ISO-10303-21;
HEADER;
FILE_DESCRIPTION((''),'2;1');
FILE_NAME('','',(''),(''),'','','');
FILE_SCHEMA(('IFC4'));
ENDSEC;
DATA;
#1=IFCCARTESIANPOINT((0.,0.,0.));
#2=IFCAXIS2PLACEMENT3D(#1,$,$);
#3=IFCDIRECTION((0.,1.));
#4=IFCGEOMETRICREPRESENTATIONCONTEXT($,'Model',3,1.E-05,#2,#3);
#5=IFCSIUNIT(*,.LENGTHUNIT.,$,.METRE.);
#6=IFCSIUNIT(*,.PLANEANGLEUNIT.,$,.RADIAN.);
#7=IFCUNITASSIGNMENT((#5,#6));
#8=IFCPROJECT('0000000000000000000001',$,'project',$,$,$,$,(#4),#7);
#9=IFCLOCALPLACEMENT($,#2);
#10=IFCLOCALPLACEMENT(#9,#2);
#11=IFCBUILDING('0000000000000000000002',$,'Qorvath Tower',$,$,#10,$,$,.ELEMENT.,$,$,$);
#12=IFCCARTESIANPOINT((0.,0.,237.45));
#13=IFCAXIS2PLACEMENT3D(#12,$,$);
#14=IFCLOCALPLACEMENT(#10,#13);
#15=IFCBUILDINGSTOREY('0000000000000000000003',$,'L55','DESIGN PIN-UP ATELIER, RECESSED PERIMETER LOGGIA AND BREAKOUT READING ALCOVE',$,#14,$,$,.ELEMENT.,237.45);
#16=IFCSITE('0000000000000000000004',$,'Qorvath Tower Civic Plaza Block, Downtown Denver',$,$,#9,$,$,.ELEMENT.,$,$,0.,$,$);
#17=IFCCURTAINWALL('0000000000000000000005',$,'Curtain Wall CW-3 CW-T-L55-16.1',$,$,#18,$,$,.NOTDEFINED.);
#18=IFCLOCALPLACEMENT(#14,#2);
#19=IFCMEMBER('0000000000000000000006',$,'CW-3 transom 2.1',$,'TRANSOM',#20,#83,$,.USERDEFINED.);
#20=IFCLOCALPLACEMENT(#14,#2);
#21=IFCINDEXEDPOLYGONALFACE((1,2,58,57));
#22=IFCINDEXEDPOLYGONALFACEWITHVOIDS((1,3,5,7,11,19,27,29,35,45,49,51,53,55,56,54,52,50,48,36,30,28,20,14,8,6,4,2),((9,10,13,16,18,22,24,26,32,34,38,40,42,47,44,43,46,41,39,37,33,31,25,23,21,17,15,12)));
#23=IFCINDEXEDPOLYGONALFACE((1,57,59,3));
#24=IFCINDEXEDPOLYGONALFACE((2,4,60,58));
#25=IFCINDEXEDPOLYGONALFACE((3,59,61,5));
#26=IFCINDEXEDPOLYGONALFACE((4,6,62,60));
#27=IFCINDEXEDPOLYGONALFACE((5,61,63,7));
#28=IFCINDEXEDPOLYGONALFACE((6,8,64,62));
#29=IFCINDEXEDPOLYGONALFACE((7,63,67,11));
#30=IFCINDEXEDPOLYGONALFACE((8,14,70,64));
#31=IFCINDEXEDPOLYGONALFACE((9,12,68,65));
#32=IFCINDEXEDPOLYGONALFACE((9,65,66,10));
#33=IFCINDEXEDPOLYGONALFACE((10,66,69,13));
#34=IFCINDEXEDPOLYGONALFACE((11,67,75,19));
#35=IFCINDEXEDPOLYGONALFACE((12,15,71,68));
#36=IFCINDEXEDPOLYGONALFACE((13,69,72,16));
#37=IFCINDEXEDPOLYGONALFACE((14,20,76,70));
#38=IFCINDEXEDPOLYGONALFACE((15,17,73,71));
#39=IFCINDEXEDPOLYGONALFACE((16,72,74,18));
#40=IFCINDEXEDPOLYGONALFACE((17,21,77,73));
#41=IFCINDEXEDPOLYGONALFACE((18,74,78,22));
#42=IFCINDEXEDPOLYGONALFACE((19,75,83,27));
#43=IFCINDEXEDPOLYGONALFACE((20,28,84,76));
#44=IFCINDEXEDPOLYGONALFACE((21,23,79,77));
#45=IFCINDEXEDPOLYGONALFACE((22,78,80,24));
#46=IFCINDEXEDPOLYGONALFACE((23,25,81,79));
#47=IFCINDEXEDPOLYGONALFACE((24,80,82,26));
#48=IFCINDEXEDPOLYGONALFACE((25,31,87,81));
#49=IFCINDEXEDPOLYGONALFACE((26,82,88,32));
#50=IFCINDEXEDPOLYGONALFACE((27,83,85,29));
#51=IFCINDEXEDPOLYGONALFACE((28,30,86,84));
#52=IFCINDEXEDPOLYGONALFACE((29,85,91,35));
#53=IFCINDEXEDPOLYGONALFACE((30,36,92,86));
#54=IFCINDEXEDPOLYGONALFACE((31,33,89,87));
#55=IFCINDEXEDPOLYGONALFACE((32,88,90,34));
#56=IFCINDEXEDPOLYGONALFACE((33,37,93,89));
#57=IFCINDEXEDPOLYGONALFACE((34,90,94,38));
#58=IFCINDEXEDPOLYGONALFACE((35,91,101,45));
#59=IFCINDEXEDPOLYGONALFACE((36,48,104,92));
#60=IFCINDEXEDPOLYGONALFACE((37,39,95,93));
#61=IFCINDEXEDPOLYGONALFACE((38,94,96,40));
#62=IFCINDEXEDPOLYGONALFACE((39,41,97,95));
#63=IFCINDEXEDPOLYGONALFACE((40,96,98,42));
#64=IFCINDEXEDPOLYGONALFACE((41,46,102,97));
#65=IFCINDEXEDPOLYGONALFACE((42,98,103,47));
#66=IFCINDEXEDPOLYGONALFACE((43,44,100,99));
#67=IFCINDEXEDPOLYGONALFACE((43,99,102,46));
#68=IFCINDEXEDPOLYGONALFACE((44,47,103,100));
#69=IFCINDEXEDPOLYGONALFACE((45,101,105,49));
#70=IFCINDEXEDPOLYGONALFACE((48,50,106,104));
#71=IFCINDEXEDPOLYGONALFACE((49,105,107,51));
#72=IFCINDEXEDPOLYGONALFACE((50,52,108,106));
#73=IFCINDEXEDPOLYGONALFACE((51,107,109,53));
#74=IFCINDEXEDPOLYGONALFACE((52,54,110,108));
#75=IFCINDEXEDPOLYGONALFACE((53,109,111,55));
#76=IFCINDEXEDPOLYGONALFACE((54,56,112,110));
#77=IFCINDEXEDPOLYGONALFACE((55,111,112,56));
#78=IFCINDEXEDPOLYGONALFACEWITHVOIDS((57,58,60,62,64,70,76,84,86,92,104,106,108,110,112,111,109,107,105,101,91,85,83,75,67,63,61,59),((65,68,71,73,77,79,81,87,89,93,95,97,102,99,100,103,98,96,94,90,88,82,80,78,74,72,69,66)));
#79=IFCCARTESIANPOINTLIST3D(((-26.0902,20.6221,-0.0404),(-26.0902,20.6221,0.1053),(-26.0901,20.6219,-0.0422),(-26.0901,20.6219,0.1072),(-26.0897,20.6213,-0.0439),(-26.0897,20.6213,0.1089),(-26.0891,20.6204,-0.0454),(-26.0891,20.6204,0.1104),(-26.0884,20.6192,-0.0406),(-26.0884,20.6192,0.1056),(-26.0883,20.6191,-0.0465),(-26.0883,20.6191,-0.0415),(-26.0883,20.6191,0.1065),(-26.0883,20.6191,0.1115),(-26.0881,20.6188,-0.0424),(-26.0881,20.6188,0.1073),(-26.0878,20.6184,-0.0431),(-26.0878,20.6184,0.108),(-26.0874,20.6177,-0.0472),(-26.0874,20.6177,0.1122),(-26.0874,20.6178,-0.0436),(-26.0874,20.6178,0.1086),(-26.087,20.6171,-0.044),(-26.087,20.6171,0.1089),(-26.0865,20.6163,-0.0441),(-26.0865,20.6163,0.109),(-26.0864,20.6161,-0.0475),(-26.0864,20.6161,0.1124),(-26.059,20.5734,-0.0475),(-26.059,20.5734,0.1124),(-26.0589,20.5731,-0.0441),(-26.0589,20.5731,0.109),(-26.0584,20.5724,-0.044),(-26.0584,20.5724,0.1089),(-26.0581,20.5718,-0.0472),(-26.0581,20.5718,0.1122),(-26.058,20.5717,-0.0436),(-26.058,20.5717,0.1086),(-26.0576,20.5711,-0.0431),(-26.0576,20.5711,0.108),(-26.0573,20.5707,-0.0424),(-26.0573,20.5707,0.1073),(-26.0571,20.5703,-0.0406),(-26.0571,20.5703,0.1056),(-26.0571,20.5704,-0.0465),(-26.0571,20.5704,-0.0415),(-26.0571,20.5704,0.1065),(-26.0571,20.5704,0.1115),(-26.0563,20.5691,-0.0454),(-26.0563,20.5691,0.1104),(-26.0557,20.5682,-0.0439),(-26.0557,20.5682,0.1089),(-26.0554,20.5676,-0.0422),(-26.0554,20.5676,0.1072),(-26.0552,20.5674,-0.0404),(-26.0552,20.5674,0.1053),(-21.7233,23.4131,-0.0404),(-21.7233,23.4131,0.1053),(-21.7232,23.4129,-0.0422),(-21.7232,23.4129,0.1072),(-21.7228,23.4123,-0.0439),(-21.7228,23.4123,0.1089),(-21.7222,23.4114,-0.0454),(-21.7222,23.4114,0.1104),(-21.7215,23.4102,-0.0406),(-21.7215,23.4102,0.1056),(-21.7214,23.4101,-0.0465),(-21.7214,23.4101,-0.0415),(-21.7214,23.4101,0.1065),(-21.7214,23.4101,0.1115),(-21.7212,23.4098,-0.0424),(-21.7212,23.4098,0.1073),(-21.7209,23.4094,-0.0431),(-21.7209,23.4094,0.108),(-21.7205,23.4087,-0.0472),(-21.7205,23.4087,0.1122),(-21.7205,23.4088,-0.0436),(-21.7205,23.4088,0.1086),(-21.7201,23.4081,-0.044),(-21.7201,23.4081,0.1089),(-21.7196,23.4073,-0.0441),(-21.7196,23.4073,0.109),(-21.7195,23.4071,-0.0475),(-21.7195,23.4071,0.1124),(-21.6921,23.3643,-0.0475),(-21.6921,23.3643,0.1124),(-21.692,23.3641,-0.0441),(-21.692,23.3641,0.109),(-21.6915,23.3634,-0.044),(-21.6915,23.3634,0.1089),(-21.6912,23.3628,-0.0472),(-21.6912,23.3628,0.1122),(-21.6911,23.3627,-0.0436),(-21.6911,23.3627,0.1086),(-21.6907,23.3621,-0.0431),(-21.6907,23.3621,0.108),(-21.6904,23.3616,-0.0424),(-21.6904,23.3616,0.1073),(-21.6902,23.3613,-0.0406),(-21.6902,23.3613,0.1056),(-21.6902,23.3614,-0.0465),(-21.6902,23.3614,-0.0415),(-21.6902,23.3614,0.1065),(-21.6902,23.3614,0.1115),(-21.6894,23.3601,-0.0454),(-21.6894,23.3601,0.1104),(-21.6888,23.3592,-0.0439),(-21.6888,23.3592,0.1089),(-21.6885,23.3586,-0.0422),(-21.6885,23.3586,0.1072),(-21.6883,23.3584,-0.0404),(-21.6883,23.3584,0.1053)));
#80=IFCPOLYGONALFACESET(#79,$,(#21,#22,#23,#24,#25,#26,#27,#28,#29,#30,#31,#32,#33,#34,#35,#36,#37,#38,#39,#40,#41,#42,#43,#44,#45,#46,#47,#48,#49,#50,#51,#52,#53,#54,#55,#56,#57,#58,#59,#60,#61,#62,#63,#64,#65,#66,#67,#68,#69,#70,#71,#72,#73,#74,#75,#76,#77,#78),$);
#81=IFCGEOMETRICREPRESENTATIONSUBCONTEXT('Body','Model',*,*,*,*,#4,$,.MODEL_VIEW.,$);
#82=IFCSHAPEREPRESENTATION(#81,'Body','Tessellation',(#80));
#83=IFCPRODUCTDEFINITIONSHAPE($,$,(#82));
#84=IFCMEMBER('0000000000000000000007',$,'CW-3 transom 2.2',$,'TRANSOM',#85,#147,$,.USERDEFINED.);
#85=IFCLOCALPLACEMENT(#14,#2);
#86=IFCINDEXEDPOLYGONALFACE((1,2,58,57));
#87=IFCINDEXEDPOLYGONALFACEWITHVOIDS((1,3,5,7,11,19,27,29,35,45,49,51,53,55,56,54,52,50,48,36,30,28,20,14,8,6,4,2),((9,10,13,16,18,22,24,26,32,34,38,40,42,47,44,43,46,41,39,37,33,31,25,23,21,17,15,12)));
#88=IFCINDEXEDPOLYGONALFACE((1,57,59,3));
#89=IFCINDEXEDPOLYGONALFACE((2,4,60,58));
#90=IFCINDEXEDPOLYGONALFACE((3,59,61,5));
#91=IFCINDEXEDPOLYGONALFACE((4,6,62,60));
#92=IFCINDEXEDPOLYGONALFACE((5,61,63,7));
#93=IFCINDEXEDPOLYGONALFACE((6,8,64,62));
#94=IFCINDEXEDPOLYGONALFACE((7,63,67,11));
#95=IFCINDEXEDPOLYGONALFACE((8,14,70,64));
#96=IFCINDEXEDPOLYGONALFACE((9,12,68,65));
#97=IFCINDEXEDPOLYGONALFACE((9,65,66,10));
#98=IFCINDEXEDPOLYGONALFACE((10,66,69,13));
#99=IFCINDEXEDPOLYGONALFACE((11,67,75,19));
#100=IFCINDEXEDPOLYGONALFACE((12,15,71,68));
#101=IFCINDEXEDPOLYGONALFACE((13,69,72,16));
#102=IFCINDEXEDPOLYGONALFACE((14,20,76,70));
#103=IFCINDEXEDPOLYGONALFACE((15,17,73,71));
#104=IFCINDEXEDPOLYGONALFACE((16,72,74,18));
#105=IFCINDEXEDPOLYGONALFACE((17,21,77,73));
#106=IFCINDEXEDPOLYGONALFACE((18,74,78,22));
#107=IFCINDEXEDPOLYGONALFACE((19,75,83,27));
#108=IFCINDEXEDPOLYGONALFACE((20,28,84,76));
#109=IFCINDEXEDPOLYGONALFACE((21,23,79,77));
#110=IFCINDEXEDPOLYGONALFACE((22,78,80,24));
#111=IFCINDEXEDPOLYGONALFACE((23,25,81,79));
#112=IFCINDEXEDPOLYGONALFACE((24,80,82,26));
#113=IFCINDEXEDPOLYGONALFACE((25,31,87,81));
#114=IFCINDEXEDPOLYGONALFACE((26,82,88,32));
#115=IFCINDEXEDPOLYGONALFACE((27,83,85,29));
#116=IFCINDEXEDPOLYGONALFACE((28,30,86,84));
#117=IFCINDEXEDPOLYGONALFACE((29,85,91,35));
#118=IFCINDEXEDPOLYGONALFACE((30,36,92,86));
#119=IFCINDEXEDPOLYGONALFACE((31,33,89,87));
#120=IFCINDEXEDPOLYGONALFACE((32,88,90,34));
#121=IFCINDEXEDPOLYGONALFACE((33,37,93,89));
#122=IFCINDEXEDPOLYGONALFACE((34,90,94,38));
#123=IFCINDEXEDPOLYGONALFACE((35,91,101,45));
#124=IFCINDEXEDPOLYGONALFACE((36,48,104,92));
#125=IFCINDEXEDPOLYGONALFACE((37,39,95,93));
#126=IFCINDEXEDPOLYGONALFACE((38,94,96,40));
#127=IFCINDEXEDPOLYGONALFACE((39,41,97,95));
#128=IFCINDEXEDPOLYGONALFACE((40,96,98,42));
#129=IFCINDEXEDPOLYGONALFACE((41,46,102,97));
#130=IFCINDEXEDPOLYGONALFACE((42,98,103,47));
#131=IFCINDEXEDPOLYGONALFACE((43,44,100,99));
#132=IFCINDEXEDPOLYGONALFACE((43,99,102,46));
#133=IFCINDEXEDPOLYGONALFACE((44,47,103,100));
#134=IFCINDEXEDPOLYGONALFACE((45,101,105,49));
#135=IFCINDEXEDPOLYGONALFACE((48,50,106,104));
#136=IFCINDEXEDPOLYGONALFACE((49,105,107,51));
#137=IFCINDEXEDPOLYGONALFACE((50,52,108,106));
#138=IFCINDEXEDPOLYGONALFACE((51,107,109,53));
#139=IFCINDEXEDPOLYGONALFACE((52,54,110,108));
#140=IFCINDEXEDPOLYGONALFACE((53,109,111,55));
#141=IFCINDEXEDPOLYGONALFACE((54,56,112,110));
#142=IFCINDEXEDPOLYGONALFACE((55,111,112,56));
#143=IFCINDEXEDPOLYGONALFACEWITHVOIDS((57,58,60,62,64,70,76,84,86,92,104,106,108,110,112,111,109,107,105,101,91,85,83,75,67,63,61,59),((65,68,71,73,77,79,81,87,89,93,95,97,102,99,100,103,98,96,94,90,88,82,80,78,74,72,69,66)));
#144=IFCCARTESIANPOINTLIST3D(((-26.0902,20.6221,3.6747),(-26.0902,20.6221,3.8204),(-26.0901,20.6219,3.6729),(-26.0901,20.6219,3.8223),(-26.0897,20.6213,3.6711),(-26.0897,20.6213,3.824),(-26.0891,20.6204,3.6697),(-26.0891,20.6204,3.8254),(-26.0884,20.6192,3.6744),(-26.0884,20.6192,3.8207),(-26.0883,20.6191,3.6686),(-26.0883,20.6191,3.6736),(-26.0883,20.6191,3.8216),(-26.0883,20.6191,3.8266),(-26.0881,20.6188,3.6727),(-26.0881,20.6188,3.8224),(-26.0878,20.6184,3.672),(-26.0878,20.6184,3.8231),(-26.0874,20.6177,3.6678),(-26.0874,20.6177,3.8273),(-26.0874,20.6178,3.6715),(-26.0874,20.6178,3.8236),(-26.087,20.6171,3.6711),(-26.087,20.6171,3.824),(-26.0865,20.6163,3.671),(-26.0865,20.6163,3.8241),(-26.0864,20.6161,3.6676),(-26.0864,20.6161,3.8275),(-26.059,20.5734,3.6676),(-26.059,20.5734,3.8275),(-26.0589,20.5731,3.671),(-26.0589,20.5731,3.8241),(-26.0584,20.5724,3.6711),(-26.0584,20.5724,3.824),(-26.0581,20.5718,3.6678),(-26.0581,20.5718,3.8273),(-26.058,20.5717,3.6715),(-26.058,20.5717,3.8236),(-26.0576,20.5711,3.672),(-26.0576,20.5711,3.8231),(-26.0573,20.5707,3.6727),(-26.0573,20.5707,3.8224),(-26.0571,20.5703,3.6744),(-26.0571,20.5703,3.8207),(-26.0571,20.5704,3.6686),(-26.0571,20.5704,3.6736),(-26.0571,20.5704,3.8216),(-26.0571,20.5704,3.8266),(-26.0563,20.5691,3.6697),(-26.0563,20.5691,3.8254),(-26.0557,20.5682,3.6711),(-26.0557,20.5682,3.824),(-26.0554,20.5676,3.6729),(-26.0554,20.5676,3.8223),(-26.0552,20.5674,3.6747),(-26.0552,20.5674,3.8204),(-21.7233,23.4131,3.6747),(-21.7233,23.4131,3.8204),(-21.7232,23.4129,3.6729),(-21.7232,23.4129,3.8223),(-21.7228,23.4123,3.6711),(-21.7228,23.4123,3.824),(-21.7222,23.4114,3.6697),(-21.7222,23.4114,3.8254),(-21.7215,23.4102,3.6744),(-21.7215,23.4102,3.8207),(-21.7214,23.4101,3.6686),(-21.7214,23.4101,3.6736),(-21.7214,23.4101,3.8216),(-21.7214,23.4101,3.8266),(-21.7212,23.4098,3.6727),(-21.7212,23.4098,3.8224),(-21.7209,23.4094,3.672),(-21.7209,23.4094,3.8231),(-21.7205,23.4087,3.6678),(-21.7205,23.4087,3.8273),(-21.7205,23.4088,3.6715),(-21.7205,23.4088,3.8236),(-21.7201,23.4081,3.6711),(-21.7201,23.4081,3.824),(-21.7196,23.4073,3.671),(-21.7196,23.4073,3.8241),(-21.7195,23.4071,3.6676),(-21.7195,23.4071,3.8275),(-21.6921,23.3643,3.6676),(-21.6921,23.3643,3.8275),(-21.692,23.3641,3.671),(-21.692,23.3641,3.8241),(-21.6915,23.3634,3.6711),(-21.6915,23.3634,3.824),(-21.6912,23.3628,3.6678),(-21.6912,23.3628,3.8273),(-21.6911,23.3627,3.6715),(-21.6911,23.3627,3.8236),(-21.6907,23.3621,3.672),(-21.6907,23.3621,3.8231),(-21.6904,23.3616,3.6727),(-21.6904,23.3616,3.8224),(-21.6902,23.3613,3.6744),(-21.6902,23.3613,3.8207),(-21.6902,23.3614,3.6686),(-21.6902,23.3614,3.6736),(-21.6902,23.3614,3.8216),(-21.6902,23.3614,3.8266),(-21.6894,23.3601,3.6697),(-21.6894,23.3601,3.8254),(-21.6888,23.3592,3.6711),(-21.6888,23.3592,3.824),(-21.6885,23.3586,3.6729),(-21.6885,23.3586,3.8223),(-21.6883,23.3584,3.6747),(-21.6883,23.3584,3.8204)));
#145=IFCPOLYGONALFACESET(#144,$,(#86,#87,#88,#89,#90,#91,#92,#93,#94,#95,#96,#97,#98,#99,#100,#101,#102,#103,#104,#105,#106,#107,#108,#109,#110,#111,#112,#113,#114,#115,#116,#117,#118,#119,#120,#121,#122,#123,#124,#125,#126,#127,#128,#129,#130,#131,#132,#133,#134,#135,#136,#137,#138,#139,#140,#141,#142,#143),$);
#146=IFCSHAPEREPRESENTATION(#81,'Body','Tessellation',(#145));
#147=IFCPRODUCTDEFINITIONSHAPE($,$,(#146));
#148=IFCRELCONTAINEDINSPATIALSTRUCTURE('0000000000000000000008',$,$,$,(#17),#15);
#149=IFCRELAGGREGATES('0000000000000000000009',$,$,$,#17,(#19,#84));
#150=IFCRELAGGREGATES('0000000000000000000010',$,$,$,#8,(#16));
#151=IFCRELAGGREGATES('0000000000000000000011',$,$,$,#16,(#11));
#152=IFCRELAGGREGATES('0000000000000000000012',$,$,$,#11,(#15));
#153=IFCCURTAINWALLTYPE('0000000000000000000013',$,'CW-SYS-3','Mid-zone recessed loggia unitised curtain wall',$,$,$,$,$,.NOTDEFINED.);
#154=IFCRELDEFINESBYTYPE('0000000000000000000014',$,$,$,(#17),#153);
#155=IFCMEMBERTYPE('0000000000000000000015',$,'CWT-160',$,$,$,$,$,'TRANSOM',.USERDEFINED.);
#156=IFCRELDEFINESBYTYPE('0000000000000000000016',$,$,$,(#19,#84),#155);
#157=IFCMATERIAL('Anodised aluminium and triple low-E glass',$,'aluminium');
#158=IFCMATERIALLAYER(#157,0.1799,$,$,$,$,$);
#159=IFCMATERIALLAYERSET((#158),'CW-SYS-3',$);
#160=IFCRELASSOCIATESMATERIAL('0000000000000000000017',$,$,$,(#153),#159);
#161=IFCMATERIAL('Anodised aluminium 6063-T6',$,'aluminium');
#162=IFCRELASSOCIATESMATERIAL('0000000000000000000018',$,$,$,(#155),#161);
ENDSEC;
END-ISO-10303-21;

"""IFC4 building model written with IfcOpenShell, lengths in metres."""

from ifc_helpers import new_model, si_unit, direction, frame, origin, origin_2d, place, context, subcontext, project, spatial, hollow_rectangle, extrude, material, layer, layer_set, material_profile, profile_set, type_object, element, aggregate, save


model = new_model("IFC4")

# Units and contexts
model_context = context("Model", 3, precision=1e-05, world=origin(), true_north=direction((0.0, 1.0)))
body_context = subcontext(model_context, "Body", "Model", "MODEL_VIEW")
ifc_project = project(units=[si_unit("LENGTHUNIT", "METRE"), si_unit("PLANEANGLEUNIT", "RADIAN")], contexts=[model_context])

# Site, building, storey
site_placement = place(None, origin())
site = spatial("IfcSite", under=ifc_project, at=site_placement, Name="Qorvath Tower Civic Plaza Block, Downtown Denver", CompositionType="ELEMENT", RefElevation=0.0)
building_placement = place(site_placement, origin())
building = spatial("IfcBuilding", under=site, at=building_placement, Name="Qorvath Tower", CompositionType="ELEMENT")
storey_placement = place(building_placement, frame((0.0, 0.0, 237.45)))
storey = spatial("IfcBuildingStorey", under=building, at=storey_placement, Name="L55", Description="DESIGN PIN-UP ATELIER, RECESSED PERIMETER LOGGIA AND BREAKOUT READING ALCOVE", CompositionType="ELEMENT", Elevation=237.45)

# Curtain wall, members
ifc_material_1 = material(Name="Anodised aluminium and triple low-E glass", Category="aluminium")
ifc_layer_1 = layer(ifc_material_1, 0.1799)
ifc_layer_set_1 = layer_set([ifc_layer_1], Name="CW-SYS-3")
curtain_wall_type = type_object("IfcCurtainWallType", Name="CW-SYS-3", Description="Mid-zone recessed loggia unitised curtain wall", PredefinedType="NOTDEFINED", material=ifc_layer_set_1)
curtain_wall_placement = place(storey_placement, origin())
curtain_wall = element("IfcCurtainWall", 1, at=curtain_wall_placement, inside=storey, type_object=curtain_wall_type, Name="Curtain Wall CW-3 CW-T-L55-16.1", PredefinedType="NOTDEFINED")
ifc_material_2 = material(Name="Anodised aluminium 6063-T6", Category="aluminium")
ifc_material_profile_1 = material_profile(ifc_material_2, hollow_rectangle(XDim=0.0649, YDim=0.1599, WallThickness=0.0034, InnerFilletRadius=0.0034, OuterFilletRadius=0.0071, at=origin_2d()), Name="CWT 160x65")
ifc_profile_set_1 = profile_set([ifc_material_profile_1], Name="Anodised aluminium 6063-T6")
member_type_1 = type_object("IfcMemberType", Name="CWT-160", ElementType="TRANSOM", PredefinedType="USERDEFINED", material=ifc_profile_set_1)
member_1_placement = place(storey_placement, frame((-21.7058, 23.3857, 0.0325), z_axis=(-0.842607, -0.53853, 0.0), x_axis=(0.53853, -0.842607, 0.0)))
member_1 = element("IfcMember", 2, at=member_1_placement, type_object=member_type_1, Name="CW-3 transom 2.1", ObjectType="TRANSOM", PredefinedType="USERDEFINED", context=body_context, shape_type="SweptSolid", body=[
    extrude(hollow_rectangle(XDim=0.0649, YDim=0.1599, WallThickness=0.0034, InnerFilletRadius=0.0034, OuterFilletRadius=0.0071, at=origin_2d()), origin(), (0.0, 0.0, 1.0), 5.1826),
])
member_2_placement = place(storey_placement, frame((-21.7058, 23.3857, 3.7476), z_axis=(-0.842607, -0.53853, 0.0), x_axis=(0.53853, -0.842607, 0.0)))
member_2 = element("IfcMember", 3, at=member_2_placement, type_object=member_type_1, Name="CW-3 transom 2.2", ObjectType="TRANSOM", PredefinedType="USERDEFINED", context=body_context, shape_type="SweptSolid", body=[
    extrude(hollow_rectangle(XDim=0.0649, YDim=0.1599, WallThickness=0.0034, InnerFilletRadius=0.0034, OuterFilletRadius=0.0071, at=origin_2d()), origin(), (0.0, 0.0, 1.0), 5.1826),
])
aggregate(curtain_wall, [member_1, member_2])

save(model, "model.ifc")
